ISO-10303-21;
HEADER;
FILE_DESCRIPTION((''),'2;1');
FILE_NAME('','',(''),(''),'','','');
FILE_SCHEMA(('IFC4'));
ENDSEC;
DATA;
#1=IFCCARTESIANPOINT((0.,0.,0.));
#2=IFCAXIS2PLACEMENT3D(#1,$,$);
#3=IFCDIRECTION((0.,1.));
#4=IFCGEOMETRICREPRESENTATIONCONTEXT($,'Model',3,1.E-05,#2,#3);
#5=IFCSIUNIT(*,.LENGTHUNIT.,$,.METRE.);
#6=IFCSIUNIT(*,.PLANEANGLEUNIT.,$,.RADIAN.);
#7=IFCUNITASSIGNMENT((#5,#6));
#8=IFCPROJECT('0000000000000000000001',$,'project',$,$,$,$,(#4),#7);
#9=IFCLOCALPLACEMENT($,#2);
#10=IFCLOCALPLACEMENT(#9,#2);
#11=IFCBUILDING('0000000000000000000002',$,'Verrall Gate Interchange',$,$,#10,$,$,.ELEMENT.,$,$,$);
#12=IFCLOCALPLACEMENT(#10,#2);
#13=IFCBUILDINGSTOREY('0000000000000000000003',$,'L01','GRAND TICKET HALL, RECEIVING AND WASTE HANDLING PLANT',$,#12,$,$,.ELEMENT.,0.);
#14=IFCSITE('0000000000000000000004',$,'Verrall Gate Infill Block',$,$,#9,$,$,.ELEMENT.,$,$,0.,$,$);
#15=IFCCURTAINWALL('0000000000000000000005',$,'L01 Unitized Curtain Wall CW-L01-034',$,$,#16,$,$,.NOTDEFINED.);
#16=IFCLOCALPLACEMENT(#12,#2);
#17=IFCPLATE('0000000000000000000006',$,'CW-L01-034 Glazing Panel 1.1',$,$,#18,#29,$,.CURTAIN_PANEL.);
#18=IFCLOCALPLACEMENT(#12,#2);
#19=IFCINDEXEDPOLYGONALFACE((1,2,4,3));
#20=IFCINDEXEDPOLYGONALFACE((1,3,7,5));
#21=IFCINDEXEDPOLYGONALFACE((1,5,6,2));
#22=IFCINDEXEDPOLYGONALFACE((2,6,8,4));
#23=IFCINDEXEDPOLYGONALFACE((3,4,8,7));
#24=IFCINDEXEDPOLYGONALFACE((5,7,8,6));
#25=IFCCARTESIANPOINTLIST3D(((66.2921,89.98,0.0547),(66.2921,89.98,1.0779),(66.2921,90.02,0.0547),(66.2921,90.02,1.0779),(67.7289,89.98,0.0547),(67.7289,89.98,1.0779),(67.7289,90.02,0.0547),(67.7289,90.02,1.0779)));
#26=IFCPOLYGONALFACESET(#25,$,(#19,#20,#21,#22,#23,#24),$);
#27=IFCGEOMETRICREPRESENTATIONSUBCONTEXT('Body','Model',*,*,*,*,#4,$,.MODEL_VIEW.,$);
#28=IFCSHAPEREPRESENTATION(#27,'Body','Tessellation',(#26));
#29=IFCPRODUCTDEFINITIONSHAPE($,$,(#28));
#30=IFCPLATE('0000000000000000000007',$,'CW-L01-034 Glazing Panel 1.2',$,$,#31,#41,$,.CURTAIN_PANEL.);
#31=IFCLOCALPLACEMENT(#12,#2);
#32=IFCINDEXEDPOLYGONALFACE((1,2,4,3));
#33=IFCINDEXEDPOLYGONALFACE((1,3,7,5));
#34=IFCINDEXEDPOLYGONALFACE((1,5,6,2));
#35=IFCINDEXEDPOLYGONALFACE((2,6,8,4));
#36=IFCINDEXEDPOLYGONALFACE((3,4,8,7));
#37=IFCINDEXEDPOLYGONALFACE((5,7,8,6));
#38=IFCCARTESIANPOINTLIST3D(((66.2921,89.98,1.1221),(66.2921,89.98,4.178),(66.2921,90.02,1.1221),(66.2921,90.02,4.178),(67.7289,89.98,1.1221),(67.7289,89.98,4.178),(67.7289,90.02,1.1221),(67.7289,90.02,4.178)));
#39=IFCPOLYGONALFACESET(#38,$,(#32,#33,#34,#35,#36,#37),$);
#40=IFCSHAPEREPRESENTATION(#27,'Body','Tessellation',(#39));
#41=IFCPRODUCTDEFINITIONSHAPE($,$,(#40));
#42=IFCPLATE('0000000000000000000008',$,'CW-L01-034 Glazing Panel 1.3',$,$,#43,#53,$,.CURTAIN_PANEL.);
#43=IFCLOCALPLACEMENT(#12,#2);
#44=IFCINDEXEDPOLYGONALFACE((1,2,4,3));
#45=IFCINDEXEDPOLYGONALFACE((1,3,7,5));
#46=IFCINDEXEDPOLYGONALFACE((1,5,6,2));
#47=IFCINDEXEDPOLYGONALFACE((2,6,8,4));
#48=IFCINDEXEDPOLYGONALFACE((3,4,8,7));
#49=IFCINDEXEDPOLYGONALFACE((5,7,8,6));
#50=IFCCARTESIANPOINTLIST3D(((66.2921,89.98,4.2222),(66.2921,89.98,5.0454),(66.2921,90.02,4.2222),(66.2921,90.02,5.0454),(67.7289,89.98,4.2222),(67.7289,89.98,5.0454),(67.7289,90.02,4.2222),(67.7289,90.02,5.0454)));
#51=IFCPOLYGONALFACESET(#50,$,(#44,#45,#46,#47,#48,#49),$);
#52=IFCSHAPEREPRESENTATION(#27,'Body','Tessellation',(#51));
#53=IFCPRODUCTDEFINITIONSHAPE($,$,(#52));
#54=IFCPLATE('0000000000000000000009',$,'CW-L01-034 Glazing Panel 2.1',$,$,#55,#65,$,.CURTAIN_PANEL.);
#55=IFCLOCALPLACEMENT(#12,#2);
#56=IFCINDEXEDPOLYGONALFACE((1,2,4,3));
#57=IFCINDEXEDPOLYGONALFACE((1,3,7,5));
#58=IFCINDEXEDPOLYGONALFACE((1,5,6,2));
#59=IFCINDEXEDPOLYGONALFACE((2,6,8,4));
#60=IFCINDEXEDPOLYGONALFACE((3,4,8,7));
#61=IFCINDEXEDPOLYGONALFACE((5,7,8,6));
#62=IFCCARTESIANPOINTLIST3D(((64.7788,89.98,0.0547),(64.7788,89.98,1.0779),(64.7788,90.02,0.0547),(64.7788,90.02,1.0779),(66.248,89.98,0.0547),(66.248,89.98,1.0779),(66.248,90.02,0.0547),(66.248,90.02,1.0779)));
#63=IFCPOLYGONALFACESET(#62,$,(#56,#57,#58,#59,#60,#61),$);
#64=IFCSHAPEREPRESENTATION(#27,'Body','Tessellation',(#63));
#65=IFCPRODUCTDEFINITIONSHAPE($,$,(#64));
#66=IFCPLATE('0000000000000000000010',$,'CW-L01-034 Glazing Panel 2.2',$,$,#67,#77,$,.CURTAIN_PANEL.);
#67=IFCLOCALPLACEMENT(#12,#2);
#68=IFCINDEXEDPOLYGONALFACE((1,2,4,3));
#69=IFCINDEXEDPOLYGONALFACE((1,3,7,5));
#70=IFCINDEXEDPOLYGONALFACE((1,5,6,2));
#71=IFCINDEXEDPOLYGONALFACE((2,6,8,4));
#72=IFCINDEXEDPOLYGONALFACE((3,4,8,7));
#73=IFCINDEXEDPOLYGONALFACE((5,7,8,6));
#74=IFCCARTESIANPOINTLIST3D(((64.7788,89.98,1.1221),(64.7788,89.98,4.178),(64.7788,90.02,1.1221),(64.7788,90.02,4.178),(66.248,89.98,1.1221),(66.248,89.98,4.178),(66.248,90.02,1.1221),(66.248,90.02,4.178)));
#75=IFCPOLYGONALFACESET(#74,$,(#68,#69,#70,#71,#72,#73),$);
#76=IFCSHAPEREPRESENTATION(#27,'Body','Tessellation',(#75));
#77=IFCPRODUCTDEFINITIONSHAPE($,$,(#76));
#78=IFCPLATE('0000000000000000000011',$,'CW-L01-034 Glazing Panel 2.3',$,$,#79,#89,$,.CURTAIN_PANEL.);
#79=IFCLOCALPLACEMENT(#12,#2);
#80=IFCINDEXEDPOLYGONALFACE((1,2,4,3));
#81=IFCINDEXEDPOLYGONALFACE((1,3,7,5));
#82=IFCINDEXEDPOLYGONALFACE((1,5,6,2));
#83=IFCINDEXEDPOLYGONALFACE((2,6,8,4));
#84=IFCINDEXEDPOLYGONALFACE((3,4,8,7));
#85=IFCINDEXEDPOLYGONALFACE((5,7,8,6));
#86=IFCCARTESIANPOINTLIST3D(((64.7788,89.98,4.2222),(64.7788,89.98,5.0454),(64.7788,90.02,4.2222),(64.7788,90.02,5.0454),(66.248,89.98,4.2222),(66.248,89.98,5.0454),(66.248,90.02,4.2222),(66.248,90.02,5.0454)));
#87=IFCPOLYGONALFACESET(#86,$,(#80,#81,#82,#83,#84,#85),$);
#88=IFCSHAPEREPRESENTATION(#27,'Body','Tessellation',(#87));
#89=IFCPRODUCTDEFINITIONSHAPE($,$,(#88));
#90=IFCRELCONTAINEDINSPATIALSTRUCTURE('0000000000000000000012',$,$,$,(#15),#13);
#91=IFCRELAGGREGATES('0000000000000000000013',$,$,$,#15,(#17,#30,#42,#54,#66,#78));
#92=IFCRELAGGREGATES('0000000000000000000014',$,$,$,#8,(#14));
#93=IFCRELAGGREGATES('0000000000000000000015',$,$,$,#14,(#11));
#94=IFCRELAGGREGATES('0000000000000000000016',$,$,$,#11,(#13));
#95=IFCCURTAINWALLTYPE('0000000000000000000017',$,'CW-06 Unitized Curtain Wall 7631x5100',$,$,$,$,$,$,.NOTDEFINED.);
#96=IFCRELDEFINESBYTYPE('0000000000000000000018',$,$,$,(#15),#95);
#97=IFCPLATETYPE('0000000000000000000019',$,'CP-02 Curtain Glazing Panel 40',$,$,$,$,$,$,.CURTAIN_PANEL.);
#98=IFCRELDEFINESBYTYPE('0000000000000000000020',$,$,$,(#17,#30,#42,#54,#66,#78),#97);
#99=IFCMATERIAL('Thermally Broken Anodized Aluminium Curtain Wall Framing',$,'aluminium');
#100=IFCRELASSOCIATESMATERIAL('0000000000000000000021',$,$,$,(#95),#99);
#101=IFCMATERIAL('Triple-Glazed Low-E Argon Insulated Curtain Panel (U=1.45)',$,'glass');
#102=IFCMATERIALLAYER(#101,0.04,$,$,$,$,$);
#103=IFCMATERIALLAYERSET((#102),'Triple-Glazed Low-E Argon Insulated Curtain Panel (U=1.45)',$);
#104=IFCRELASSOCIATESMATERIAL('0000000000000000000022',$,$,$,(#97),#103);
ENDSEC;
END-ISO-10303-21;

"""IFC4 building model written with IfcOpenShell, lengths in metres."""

from ifc_helpers import new_model, si_unit, direction, frame, origin, origin_2d, place, context, subcontext, project, spatial, rectangle, extrude, material, layer, layer_set, type_object, element, aggregate, save


model = new_model("IFC4")

# Units and contexts
model_context = context("Model", 3, precision=1e-05, world=origin(), true_north=direction((0.0, 1.0)))
body_context = subcontext(model_context, "Body", "Model", "MODEL_VIEW")
ifc_project = project(units=[si_unit("LENGTHUNIT", "METRE"), si_unit("PLANEANGLEUNIT", "RADIAN")], contexts=[model_context])

# Site, building, storey
site_placement = place(None, origin())
site = spatial("IfcSite", under=ifc_project, at=site_placement, Name="Verrall Gate Infill Block", CompositionType="ELEMENT", RefElevation=0.0)
building_placement = place(site_placement, origin())
building = spatial("IfcBuilding", under=site, at=building_placement, Name="Verrall Gate Interchange", CompositionType="ELEMENT")
storey_placement = place(building_placement, origin())
storey = spatial("IfcBuildingStorey", under=building, at=storey_placement, Name="L01", Description="GRAND TICKET HALL, RECEIVING AND WASTE HANDLING PLANT", CompositionType="ELEMENT", Elevation=0.0)

# Curtain wall
ifc_material_1 = material(Name="Thermally Broken Anodized Aluminium Curtain Wall Framing", Category="aluminium")
curtain_wall_type = type_object("IfcCurtainWallType", Name="CW-06 Unitized Curtain Wall 7631x5100", PredefinedType="NOTDEFINED", material=ifc_material_1)
curtain_wall_1_placement = place(storey_placement, origin())
curtain_wall_1 = element("IfcCurtainWall", 1, at=curtain_wall_1_placement, inside=storey, type_object=curtain_wall_type, Name="L01 Unitized Curtain Wall CW-L01-034", PredefinedType="NOTDEFINED")

# Plates
ifc_material_2 = material(Name="Triple-Glazed Low-E Argon Insulated Curtain Panel (U=1.45)", Category="glass")
ifc_layer_1 = layer(ifc_material_2, 0.04)
ifc_layer_set_1 = layer_set([ifc_layer_1], Name="Triple-Glazed Low-E Argon Insulated Curtain Panel (U=1.45)")
plate_type_1 = type_object("IfcPlateType", Name="CP-02 Curtain Glazing Panel 40", PredefinedType="CURTAIN_PANEL", material=ifc_layer_set_1)
plate_1_placement = place(storey_placement, frame((67.0105, 90.0, 0.0547), z_axis=(0.0, 0.0, 1.0), x_axis=(-1.0, 0.0, 0.0)))
plate_1 = element("IfcPlate", 2, at=plate_1_placement, type_object=plate_type_1, Name="CW-L01-034 Glazing Panel 1.1", PredefinedType="CURTAIN_PANEL", context=body_context, shape_type="SweptSolid", body=[
    extrude(rectangle(XDim=1.4368, YDim=0.04, at=origin_2d()), origin(), (0.0, 0.0, 1.0), 1.0232),
])
plate_2_placement = place(storey_placement, frame((67.0105, 90.0, 1.1221), z_axis=(0.0, 0.0, 1.0), x_axis=(-1.0, 0.0, 0.0)))
plate_2 = element("IfcPlate", 3, at=plate_2_placement, type_object=plate_type_1, Name="CW-L01-034 Glazing Panel 1.2", PredefinedType="CURTAIN_PANEL", context=body_context, shape_type="SweptSolid", body=[
    extrude(rectangle(XDim=1.4368, YDim=0.04, at=origin_2d()), origin(), (0.0, 0.0, 1.0), 3.0559),
])
plate_3_placement = place(storey_placement, frame((67.0105, 90.0, 4.2222), z_axis=(0.0, 0.0, 1.0), x_axis=(-1.0, 0.0, 0.0)))
plate_3 = element("IfcPlate", 4, at=plate_3_placement, type_object=plate_type_1, Name="CW-L01-034 Glazing Panel 1.3", PredefinedType="CURTAIN_PANEL", context=body_context, shape_type="SweptSolid", body=[
    extrude(rectangle(XDim=1.4368, YDim=0.04, at=origin_2d()), origin(), (0.0, 0.0, 1.0), 0.8232),
])
plate_4_placement = place(storey_placement, frame((65.5134, 90.0, 0.0547), z_axis=(0.0, 0.0, 1.0), x_axis=(-1.0, 0.0, 0.0)))
plate_4 = element("IfcPlate", 5, at=plate_4_placement, type_object=plate_type_1, Name="CW-L01-034 Glazing Panel 2.1", PredefinedType="CURTAIN_PANEL", context=body_context, shape_type="SweptSolid", body=[
    extrude(rectangle(XDim=1.4692, YDim=0.04, at=origin_2d()), origin(), (0.0, 0.0, 1.0), 1.0232),
])
plate_5_placement = place(storey_placement, frame((65.5134, 90.0, 1.1221), z_axis=(0.0, 0.0, 1.0), x_axis=(-1.0, 0.0, 0.0)))
plate_5 = element("IfcPlate", 6, at=plate_5_placement, type_object=plate_type_1, Name="CW-L01-034 Glazing Panel 2.2", PredefinedType="CURTAIN_PANEL", context=body_context, shape_type="SweptSolid", body=[
    extrude(rectangle(XDim=1.4692, YDim=0.04, at=origin_2d()), origin(), (0.0, 0.0, 1.0), 3.0559),
])
plate_6_placement = place(storey_placement, frame((65.5134, 90.0, 4.2222), z_axis=(0.0, 0.0, 1.0), x_axis=(-1.0, 0.0, 0.0)))
plate_6 = element("IfcPlate", 7, at=plate_6_placement, type_object=plate_type_1, Name="CW-L01-034 Glazing Panel 2.3", PredefinedType="CURTAIN_PANEL", context=body_context, shape_type="SweptSolid", body=[
    extrude(rectangle(XDim=1.4692, YDim=0.04, at=origin_2d()), origin(), (0.0, 0.0, 1.0), 0.8232),
])
aggregate(curtain_wall_1, [plate_1, plate_2, plate_3, plate_4, plate_5, plate_6])

save(model, "model.ifc")
